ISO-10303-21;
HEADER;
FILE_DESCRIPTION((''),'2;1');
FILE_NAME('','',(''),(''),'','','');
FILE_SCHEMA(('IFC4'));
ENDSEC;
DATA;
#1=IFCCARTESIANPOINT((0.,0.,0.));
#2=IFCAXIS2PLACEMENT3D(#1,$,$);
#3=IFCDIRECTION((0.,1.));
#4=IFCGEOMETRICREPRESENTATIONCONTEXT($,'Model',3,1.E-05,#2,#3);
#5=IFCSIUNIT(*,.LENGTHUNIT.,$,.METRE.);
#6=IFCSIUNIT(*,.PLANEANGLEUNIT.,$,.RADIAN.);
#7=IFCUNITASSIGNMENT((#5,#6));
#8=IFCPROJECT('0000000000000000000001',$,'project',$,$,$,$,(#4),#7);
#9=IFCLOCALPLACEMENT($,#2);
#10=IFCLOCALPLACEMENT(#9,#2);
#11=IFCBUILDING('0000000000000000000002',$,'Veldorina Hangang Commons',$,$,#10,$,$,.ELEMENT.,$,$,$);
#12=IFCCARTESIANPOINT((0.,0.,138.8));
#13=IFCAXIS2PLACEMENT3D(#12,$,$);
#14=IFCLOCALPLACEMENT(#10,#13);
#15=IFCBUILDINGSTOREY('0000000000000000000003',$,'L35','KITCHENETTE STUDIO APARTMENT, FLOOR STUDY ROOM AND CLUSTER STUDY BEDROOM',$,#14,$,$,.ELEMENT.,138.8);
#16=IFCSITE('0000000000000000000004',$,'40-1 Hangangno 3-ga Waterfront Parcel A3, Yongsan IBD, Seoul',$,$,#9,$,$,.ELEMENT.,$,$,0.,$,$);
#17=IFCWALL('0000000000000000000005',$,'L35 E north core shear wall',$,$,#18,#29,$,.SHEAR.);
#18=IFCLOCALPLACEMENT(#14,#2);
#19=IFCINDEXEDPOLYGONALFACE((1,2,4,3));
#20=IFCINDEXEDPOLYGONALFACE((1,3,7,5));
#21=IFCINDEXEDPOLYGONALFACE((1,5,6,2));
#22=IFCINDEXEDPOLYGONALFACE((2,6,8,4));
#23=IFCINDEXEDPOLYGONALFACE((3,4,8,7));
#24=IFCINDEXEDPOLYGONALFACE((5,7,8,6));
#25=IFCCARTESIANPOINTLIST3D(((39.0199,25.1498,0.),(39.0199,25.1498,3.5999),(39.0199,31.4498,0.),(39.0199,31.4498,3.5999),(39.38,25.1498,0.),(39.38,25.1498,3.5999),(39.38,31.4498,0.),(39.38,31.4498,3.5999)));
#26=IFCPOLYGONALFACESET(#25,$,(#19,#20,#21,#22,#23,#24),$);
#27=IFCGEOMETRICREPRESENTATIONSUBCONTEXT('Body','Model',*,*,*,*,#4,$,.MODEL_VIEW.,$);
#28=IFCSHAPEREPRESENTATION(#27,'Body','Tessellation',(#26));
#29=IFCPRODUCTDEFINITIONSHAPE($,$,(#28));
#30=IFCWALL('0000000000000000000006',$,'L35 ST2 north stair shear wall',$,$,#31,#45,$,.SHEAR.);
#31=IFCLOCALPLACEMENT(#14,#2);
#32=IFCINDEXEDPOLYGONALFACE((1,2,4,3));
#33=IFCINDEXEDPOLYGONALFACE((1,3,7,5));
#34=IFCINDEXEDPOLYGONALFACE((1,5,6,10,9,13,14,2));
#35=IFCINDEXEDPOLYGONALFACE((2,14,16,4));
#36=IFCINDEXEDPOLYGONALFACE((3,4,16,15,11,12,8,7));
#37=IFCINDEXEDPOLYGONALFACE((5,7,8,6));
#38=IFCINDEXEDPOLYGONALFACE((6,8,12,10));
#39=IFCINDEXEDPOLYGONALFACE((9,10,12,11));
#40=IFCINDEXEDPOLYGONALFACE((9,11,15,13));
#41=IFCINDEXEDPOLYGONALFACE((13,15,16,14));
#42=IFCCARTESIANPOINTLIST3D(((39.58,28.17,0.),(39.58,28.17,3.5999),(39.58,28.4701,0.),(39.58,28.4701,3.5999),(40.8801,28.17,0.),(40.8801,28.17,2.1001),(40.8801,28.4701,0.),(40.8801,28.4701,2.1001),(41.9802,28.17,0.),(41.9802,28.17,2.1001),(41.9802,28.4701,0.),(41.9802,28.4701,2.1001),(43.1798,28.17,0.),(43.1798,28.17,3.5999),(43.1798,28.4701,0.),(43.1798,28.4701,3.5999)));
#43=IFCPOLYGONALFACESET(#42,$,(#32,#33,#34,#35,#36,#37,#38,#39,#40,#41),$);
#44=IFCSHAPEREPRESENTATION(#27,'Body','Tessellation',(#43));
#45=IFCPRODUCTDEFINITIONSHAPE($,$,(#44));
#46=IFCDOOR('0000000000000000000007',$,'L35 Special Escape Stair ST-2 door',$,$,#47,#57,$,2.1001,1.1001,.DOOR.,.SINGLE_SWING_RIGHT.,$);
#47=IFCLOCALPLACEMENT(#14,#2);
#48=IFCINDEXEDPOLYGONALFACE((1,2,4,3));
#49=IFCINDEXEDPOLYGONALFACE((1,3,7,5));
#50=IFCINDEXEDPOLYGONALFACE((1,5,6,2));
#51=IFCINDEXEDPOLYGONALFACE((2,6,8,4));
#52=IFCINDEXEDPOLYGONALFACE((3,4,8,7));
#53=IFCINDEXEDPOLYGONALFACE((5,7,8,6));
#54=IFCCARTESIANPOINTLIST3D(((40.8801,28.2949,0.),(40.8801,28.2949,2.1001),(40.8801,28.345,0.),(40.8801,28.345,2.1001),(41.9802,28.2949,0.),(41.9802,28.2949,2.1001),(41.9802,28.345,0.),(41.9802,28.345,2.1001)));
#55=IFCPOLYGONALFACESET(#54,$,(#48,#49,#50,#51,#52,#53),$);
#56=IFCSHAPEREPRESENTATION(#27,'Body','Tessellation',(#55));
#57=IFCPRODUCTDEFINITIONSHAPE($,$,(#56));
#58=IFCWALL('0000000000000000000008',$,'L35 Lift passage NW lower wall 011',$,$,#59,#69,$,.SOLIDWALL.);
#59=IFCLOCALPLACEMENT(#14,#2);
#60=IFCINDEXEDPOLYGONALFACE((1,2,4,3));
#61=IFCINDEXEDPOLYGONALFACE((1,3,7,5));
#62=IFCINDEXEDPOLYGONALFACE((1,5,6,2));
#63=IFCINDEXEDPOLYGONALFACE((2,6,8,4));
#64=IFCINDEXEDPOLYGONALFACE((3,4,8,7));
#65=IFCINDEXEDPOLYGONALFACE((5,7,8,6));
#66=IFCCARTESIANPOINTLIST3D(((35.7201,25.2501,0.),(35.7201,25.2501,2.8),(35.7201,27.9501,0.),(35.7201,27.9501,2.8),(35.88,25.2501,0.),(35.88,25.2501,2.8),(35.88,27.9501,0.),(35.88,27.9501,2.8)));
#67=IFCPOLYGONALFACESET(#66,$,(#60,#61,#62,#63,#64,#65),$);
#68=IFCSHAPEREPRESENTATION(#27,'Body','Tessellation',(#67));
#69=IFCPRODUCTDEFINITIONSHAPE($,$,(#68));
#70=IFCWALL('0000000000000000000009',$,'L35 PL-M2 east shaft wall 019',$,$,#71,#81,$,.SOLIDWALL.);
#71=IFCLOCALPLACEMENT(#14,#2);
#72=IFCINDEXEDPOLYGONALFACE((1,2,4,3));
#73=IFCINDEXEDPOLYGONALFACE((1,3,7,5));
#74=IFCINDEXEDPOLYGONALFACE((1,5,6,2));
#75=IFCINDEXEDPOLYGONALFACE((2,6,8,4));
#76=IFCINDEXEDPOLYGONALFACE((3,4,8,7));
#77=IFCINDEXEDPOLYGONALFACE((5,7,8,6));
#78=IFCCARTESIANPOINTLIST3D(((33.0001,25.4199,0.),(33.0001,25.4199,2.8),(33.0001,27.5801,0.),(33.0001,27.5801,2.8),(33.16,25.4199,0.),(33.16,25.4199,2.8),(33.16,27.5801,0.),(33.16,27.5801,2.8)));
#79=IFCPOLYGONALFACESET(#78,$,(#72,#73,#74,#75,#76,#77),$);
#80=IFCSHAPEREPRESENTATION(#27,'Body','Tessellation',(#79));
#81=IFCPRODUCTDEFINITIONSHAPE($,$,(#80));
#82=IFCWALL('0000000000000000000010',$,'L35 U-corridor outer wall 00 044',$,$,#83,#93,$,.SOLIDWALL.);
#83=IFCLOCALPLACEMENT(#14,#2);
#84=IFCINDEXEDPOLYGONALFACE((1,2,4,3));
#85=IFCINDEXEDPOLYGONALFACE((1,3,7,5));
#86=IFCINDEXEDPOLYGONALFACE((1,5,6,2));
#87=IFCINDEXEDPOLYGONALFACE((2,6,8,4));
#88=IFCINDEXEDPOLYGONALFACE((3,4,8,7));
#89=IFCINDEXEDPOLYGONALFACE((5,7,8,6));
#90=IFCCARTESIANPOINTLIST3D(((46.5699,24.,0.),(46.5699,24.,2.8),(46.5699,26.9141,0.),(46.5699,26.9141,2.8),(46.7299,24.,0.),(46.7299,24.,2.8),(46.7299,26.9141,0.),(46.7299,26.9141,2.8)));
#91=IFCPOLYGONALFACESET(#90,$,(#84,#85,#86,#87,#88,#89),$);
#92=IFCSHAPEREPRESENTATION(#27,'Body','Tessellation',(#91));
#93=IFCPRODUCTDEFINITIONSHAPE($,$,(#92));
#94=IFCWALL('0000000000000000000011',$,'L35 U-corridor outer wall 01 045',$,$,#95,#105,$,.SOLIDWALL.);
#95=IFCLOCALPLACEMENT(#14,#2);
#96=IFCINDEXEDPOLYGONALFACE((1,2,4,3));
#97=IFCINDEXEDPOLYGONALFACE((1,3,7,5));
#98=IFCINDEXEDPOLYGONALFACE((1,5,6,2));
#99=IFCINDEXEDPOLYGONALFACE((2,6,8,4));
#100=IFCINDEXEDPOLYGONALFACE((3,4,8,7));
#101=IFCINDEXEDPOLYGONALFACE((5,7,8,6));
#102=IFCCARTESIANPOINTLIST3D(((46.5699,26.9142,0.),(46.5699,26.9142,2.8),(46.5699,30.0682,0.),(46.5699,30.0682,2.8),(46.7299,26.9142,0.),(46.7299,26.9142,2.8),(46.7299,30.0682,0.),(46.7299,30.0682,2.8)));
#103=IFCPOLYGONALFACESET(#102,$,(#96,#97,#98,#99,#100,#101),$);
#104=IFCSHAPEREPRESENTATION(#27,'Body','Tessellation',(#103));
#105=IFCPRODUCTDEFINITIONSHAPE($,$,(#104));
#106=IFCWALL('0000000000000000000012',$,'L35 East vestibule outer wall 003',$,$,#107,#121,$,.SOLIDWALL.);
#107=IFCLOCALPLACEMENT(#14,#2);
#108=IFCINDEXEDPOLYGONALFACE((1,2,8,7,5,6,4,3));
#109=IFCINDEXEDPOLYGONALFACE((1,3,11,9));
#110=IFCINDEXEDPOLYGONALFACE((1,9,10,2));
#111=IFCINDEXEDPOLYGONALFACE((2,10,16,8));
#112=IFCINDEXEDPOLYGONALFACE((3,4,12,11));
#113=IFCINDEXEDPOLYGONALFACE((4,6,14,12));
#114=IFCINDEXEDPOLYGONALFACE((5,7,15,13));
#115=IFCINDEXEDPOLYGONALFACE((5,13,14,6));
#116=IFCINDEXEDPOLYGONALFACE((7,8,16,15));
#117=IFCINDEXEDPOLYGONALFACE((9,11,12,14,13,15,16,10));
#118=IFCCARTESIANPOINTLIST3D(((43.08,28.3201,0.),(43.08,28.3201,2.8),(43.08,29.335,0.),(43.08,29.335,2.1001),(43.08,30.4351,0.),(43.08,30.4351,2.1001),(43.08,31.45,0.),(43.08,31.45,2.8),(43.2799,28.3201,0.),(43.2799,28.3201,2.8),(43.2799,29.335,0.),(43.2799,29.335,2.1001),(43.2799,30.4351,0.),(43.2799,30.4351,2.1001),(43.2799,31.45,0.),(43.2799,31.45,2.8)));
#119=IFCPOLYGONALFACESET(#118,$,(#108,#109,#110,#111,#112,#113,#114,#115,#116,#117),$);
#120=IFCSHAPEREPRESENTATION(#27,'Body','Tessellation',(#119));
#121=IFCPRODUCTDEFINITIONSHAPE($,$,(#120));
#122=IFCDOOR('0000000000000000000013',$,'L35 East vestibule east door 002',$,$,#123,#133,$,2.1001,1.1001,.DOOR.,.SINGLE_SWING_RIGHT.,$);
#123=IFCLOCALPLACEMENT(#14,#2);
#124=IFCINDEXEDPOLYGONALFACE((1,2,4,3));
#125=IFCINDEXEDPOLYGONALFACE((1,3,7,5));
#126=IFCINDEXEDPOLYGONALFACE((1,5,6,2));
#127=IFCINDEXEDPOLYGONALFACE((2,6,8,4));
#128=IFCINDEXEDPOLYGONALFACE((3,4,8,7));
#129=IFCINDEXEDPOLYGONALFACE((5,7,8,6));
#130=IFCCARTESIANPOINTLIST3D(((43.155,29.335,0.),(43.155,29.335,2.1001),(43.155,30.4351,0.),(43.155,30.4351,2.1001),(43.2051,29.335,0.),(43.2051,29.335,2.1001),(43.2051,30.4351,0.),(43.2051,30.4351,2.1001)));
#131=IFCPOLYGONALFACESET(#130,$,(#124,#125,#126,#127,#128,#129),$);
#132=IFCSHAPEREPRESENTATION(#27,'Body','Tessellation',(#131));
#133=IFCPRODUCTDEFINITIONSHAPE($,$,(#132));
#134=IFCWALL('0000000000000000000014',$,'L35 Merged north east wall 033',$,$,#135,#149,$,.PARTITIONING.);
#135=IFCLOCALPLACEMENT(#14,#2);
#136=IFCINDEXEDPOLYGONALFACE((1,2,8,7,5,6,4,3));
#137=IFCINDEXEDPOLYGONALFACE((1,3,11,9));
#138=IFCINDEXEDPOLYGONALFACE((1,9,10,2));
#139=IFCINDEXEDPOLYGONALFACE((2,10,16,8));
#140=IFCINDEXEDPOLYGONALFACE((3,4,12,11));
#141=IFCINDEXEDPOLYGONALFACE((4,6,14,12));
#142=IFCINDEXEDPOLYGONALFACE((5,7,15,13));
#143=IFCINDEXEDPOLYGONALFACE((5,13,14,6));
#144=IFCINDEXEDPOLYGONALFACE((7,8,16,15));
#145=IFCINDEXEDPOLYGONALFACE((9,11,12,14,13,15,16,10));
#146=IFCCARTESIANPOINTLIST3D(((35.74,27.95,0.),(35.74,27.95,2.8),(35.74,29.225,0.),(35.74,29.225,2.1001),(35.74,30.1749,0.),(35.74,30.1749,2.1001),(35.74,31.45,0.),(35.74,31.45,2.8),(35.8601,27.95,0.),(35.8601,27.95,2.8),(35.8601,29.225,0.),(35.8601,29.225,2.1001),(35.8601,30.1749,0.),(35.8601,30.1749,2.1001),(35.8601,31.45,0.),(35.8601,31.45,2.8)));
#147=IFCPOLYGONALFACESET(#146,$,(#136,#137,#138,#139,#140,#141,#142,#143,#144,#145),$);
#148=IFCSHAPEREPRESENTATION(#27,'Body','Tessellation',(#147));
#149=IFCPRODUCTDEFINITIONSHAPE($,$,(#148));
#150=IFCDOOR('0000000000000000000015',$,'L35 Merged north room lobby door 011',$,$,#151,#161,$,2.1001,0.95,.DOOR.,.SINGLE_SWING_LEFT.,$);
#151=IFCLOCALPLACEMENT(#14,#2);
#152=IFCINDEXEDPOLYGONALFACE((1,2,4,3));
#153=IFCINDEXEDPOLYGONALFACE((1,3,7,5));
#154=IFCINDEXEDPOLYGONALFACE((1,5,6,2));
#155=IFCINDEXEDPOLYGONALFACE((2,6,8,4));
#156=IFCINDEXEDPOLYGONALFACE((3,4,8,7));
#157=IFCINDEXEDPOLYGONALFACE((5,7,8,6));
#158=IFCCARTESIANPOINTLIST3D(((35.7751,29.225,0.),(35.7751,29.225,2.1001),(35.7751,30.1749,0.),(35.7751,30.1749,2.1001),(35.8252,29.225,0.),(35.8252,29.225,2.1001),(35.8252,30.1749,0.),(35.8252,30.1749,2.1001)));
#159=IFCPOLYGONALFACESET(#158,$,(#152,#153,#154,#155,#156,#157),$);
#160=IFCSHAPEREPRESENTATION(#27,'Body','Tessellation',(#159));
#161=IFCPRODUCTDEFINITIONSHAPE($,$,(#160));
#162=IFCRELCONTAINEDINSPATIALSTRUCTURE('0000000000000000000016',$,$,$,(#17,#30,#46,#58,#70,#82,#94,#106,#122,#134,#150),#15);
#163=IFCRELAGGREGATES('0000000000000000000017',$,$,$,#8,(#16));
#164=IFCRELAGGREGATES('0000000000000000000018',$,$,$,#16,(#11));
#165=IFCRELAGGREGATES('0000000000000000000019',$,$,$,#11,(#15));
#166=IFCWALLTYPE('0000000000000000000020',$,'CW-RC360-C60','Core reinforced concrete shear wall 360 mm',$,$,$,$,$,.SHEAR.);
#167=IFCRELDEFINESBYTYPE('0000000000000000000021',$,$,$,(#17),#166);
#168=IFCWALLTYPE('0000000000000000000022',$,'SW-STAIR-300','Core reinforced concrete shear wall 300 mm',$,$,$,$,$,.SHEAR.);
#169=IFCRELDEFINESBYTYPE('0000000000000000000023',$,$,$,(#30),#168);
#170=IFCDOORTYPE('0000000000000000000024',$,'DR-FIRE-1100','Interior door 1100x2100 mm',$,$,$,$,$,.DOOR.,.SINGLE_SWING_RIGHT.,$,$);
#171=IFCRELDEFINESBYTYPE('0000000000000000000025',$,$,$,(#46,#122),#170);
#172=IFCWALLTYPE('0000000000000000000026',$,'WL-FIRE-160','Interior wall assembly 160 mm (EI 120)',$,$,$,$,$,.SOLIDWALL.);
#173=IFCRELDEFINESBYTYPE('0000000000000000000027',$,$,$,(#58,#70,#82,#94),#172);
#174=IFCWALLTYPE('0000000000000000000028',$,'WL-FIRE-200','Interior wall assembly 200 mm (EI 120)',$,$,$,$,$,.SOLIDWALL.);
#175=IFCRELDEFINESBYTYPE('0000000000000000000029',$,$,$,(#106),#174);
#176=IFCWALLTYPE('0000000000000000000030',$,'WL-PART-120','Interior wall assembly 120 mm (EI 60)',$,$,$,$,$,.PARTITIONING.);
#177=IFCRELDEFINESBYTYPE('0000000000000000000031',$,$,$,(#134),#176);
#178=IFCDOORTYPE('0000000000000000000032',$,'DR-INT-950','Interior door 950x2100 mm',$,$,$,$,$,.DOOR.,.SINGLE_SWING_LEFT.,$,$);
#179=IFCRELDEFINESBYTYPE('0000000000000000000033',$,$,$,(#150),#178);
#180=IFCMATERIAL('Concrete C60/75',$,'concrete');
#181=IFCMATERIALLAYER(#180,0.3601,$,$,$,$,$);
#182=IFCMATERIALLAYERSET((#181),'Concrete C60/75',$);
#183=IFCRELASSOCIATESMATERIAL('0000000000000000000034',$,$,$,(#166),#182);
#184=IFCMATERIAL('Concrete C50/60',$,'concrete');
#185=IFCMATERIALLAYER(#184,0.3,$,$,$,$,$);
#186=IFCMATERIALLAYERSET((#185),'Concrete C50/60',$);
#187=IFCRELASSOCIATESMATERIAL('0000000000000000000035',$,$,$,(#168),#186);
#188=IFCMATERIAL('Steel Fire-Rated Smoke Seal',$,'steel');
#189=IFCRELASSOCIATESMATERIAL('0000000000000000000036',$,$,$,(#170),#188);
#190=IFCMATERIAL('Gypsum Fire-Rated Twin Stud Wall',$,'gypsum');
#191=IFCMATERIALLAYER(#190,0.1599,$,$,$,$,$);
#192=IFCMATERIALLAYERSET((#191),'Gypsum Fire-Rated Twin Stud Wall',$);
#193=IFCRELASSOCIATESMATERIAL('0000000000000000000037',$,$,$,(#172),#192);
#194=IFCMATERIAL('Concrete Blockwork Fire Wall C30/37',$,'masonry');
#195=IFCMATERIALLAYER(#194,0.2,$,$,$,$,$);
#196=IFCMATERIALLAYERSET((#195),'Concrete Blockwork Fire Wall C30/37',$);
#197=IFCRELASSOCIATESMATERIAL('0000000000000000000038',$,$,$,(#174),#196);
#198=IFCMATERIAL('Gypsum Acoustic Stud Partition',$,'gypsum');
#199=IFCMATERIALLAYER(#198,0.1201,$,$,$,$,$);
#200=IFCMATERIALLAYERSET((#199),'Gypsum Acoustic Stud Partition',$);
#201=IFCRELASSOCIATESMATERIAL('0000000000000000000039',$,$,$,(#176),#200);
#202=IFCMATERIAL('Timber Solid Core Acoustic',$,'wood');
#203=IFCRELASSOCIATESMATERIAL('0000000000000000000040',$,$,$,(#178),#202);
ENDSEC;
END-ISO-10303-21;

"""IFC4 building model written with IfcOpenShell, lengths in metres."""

from ifc_helpers import new_model, si_unit, direction, frame, frame_2d, origin, place, context, subcontext, project, spatial, rectangle, extrude, material, layer, layer_set, type_object, element, fill, save


model = new_model("IFC4")

# Units and contexts
model_context = context("Model", 3, precision=1e-05, world=origin(), true_north=direction((0.0, 1.0)))
body_context = subcontext(model_context, "Body", "Model", "MODEL_VIEW")
ifc_project = project(units=[si_unit("LENGTHUNIT", "METRE"), si_unit("PLANEANGLEUNIT", "RADIAN")], contexts=[model_context])

# Site, building, storey
site_placement = place(None, origin())
site = spatial("IfcSite", under=ifc_project, at=site_placement, Name="40-1 Hangangno 3-ga Waterfront Parcel A3, Yongsan IBD, Seoul", CompositionType="ELEMENT", RefElevation=0.0)
building_placement = place(site_placement, origin())
building = spatial("IfcBuilding", under=site, at=building_placement, Name="Veldorina Hangang Commons", CompositionType="ELEMENT")
storey_placement = place(building_placement, frame((0.0, 0.0, 138.8)))
storey = spatial("IfcBuildingStorey", under=building, at=storey_placement, Name="L35", Description="KITCHENETTE STUDIO APARTMENT, FLOOR STUDY ROOM AND CLUSTER STUDY BEDROOM", CompositionType="ELEMENT", Elevation=138.8)

# Wall
ifc_material_1 = material(Name="Concrete C60/75", Category="concrete")
ifc_layer_1 = layer(ifc_material_1, 0.3601)
ifc_layer_set_1 = layer_set([ifc_layer_1], Name="Concrete C60/75")
wall_type_1 = type_object("IfcWallType", Name="CW-RC360-C60", Description="Core reinforced concrete shear wall 360 mm", PredefinedType="SHEAR", material=ifc_layer_set_1)
wall_1_placement = place(storey_placement, frame((39.2, 25.1499, 0.0), z_axis=(0.0, 0.0, 1.0), x_axis=(0.0, 1.0, 0.0)))
element("IfcWall", 1, at=wall_1_placement, inside=storey, type_object=wall_type_1, Name="L35 E north core shear wall", PredefinedType="SHEAR", context=body_context, shape_type="SweptSolid", body=[
    extrude(rectangle(XDim=6.3, YDim=0.3601, at=frame_2d((3.1499, 0.0))), origin(), (0.0, 0.0, 1.0), 3.5999),
])

# Wall, opening, door
ifc_material_2 = material(Name="Concrete C50/60", Category="concrete")
ifc_layer_2 = layer(ifc_material_2, 0.3)
ifc_layer_set_2 = layer_set([ifc_layer_2], Name="Concrete C50/60")
wall_type_2 = type_object("IfcWallType", Name="SW-STAIR-300", Description="Core reinforced concrete shear wall 300 mm", PredefinedType="SHEAR", material=ifc_layer_set_2)
wall_2_placement = place(storey_placement, frame((39.5801, 28.3201, 0.0), z_axis=(0.0, 0.0, 1.0), x_axis=(1.0, 0.0, 0.0)))
wall_2 = element("IfcWall", 2, at=wall_2_placement, inside=storey, type_object=wall_type_2, Name="L35 ST2 north stair shear wall", PredefinedType="SHEAR", context=body_context, shape_type="SweptSolid", body=[
    extrude(rectangle(XDim=3.5999, YDim=0.3, at=frame_2d((1.7998, 0.0))), origin(), (0.0, 0.0, 1.0), 3.5999),
])
opening_1_placement = place(wall_2_placement, frame((1.3, 0.0, 0.0)))
opening_1 = element("IfcOpeningElement", 3, at=opening_1_placement, cuts=wall_2, PredefinedType="OPENING", context=body_context, shape_type="SweptSolid", body=[
    extrude(rectangle(XDim=1.1001, YDim=2.1001, at=frame_2d((0.55, 1.05))), frame((0.0, 0.1602, 0.0), z_axis=(0.0, -1.0, 0.0), x_axis=(1.0, 0.0, 0.0)), (0.0, 0.0, 1.0), 0.3201),
])
ifc_material_3 = material(Name="Steel Fire-Rated Smoke Seal", Category="steel")
door_type_1 = type_object("IfcDoorType", Name="DR-FIRE-1100", Description="Interior door 1100x2100 mm", OperationType="SINGLE_SWING_RIGHT", PredefinedType="DOOR", material=ifc_material_3)
door_1_placement = place(opening_1_placement, origin())
door_1 = element("IfcDoor", 4, at=door_1_placement, inside=storey, type_object=door_type_1, Name="L35 Special Escape Stair ST-2 door", OperationType="SINGLE_SWING_RIGHT", OverallHeight=2.1001, OverallWidth=1.1001, PredefinedType="DOOR", context=body_context, shape_type="SweptSolid", body=[
    extrude(rectangle(XDim=1.1001, YDim=2.1001, at=frame_2d((0.55, 1.05))), frame((0.0, 0.0249, 0.0), z_axis=(0.0, -1.0, 0.0), x_axis=(1.0, 0.0, 0.0)), (0.0, 0.0, 1.0), 0.05),
])
fill(opening_1, door_1)

# Walls
ifc_material_4 = material(Name="Gypsum Fire-Rated Twin Stud Wall", Category="gypsum")
ifc_layer_3 = layer(ifc_material_4, 0.1599)
ifc_layer_set_3 = layer_set([ifc_layer_3], Name="Gypsum Fire-Rated Twin Stud Wall")
wall_type_3 = type_object("IfcWallType", Name="WL-FIRE-160", Description="Interior wall assembly 160 mm (EI 120)", PredefinedType="SOLIDWALL", material=ifc_layer_set_3)
wall_3_placement = place(storey_placement, frame((35.8, 25.25, 0.0), z_axis=(0.0, 0.0, 1.0), x_axis=(0.0, 1.0, 0.0)))
element("IfcWall", 5, at=wall_3_placement, inside=storey, type_object=wall_type_3, Name="L35 Lift passage NW lower wall 011", PredefinedType="SOLIDWALL", context=body_context, shape_type="SweptSolid", body=[
    extrude(rectangle(XDim=2.7, YDim=0.1599, at=frame_2d((1.3501, 0.0))), origin(), (0.0, 0.0, 1.0), 2.8),
])
wall_4_placement = place(storey_placement, frame((33.0801, 25.4199, 0.0), z_axis=(0.0, 0.0, 1.0), x_axis=(0.0, 1.0, 0.0)))
element("IfcWall", 6, at=wall_4_placement, inside=storey, type_object=wall_type_3, Name="L35 PL-M2 east shaft wall 019", PredefinedType="SOLIDWALL", context=body_context, shape_type="SweptSolid", body=[
    extrude(rectangle(XDim=2.1602, YDim=0.1599, at=frame_2d((1.0801, 0.0))), origin(), (0.0, 0.0, 1.0), 2.8),
])
wall_5_placement = place(storey_placement, frame((46.6499, 24.0, 0.0), z_axis=(0.0, 0.0, 1.0), x_axis=(0.0, 1.0, 0.0)))
element("IfcWall", 7, at=wall_5_placement, inside=storey, type_object=wall_type_3, Name="L35 U-corridor outer wall 00 044", PredefinedType="SOLIDWALL", context=body_context, shape_type="SweptSolid", body=[
    extrude(rectangle(XDim=2.9141, YDim=0.1599, at=frame_2d((1.457, 0.0))), origin(), (0.0, 0.0, 1.0), 2.8),
])
wall_6_placement = place(storey_placement, frame((46.6499, 26.9141, 0.0), z_axis=(0.0, 0.0, 1.0), x_axis=(0.0, 1.0, 0.0)))
element("IfcWall", 8, at=wall_6_placement, inside=storey, type_object=wall_type_3, Name="L35 U-corridor outer wall 01 045", PredefinedType="SOLIDWALL", context=body_context, shape_type="SweptSolid", body=[
    extrude(rectangle(XDim=3.1541, YDim=0.1599, at=frame_2d((1.5771, 0.0))), origin(), (0.0, 0.0, 1.0), 2.8),
])

# Walls, openings, doors
ifc_material_5 = material(Name="Concrete Blockwork Fire Wall C30/37", Category="masonry")
ifc_layer_4 = layer(ifc_material_5, 0.2)
ifc_layer_set_4 = layer_set([ifc_layer_4], Name="Concrete Blockwork Fire Wall C30/37")
wall_type_4 = type_object("IfcWallType", Name="WL-FIRE-200", Description="Interior wall assembly 200 mm (EI 120)", PredefinedType="SOLIDWALL", material=ifc_layer_set_4)
wall_7_placement = place(storey_placement, frame((43.1799, 28.3201, 0.0), z_axis=(0.0, 0.0, 1.0), x_axis=(0.0, 1.0, 0.0)))
wall_7 = element("IfcWall", 9, at=wall_7_placement, inside=storey, type_object=wall_type_4, Name="L35 East vestibule outer wall 003", PredefinedType="SOLIDWALL", context=body_context, shape_type="SweptSolid", body=[
    extrude(rectangle(XDim=3.1299, YDim=0.2, at=frame_2d((1.5649, 0.0))), origin(), (0.0, 0.0, 1.0), 2.8),
])
opening_2_placement = place(wall_7_placement, frame((1.0149, 0.0, 0.0)))
opening_2 = element("IfcOpeningElement", 10, at=opening_2_placement, cuts=wall_7, PredefinedType="OPENING", context=body_context, shape_type="SweptSolid", body=[
    extrude(rectangle(XDim=1.1001, YDim=2.1001, at=frame_2d((0.55, 1.05))), frame((0.0, 0.1099, 0.0), z_axis=(0.0, -1.0, 0.0), x_axis=(1.0, 0.0, 0.0)), (0.0, 0.0, 1.0), 0.22),
])
door_2_placement = place(opening_2_placement, origin())
door_2 = element("IfcDoor", 11, at=door_2_placement, inside=storey, type_object=door_type_1, Name="L35 East vestibule east door 002", OperationType="SINGLE_SWING_RIGHT", OverallHeight=2.1001, OverallWidth=1.1001, PredefinedType="DOOR", context=body_context, shape_type="SweptSolid", body=[
    extrude(rectangle(XDim=1.1001, YDim=2.1001, at=frame_2d((0.55, 1.05))), frame((0.0, 0.0249, 0.0), z_axis=(0.0, -1.0, 0.0), x_axis=(1.0, 0.0, 0.0)), (0.0, 0.0, 1.0), 0.05),
])
fill(opening_2, door_2)
ifc_material_6 = material(Name="Gypsum Acoustic Stud Partition", Category="gypsum")
ifc_layer_5 = layer(ifc_material_6, 0.1201)
ifc_layer_set_5 = layer_set([ifc_layer_5], Name="Gypsum Acoustic Stud Partition")
wall_type_5 = type_object("IfcWallType", Name="WL-PART-120", Description="Interior wall assembly 120 mm (EI 60)", PredefinedType="PARTITIONING", material=ifc_layer_set_5)
wall_8_placement = place(storey_placement, frame((35.8, 27.95, 0.0), z_axis=(0.0, 0.0, 1.0), x_axis=(0.0, 1.0, 0.0)))
wall_8 = element("IfcWall", 12, at=wall_8_placement, inside=storey, type_object=wall_type_5, Name="L35 Merged north east wall 033", PredefinedType="PARTITIONING", context=body_context, shape_type="SweptSolid", body=[
    extrude(rectangle(XDim=3.5, YDim=0.1201, at=frame_2d((1.75, 0.0))), origin(), (0.0, 0.0, 1.0), 2.8),
])
opening_3_placement = place(wall_8_placement, frame((1.2749, 0.0, 0.0)))
opening_3 = element("IfcOpeningElement", 13, at=opening_3_placement, cuts=wall_8, PredefinedType="OPENING", context=body_context, shape_type="SweptSolid", body=[
    extrude(rectangle(XDim=0.95, YDim=2.1001, at=frame_2d((0.4751, 1.05))), frame((0.0, 0.0701, 0.0), z_axis=(0.0, -1.0, 0.0), x_axis=(1.0, 0.0, 0.0)), (0.0, 0.0, 1.0), 0.1401),
])
ifc_material_7 = material(Name="Timber Solid Core Acoustic", Category="wood")
door_type_2 = type_object("IfcDoorType", Name="DR-INT-950", Description="Interior door 950x2100 mm", OperationType="SINGLE_SWING_LEFT", PredefinedType="DOOR", material=ifc_material_7)
door_3_placement = place(opening_3_placement, origin())
door_3 = element("IfcDoor", 14, at=door_3_placement, inside=storey, type_object=door_type_2, Name="L35 Merged north room lobby door 011", OperationType="SINGLE_SWING_LEFT", OverallHeight=2.1001, OverallWidth=0.95, PredefinedType="DOOR", context=body_context, shape_type="SweptSolid", body=[
    extrude(rectangle(XDim=0.95, YDim=2.1001, at=frame_2d((0.4751, 1.05))), frame((0.0, 0.0249, 0.0), z_axis=(0.0, -1.0, 0.0), x_axis=(1.0, 0.0, 0.0)), (0.0, 0.0, 1.0), 0.05),
])
fill(opening_3, door_3)

save(model, "model.ifc")
